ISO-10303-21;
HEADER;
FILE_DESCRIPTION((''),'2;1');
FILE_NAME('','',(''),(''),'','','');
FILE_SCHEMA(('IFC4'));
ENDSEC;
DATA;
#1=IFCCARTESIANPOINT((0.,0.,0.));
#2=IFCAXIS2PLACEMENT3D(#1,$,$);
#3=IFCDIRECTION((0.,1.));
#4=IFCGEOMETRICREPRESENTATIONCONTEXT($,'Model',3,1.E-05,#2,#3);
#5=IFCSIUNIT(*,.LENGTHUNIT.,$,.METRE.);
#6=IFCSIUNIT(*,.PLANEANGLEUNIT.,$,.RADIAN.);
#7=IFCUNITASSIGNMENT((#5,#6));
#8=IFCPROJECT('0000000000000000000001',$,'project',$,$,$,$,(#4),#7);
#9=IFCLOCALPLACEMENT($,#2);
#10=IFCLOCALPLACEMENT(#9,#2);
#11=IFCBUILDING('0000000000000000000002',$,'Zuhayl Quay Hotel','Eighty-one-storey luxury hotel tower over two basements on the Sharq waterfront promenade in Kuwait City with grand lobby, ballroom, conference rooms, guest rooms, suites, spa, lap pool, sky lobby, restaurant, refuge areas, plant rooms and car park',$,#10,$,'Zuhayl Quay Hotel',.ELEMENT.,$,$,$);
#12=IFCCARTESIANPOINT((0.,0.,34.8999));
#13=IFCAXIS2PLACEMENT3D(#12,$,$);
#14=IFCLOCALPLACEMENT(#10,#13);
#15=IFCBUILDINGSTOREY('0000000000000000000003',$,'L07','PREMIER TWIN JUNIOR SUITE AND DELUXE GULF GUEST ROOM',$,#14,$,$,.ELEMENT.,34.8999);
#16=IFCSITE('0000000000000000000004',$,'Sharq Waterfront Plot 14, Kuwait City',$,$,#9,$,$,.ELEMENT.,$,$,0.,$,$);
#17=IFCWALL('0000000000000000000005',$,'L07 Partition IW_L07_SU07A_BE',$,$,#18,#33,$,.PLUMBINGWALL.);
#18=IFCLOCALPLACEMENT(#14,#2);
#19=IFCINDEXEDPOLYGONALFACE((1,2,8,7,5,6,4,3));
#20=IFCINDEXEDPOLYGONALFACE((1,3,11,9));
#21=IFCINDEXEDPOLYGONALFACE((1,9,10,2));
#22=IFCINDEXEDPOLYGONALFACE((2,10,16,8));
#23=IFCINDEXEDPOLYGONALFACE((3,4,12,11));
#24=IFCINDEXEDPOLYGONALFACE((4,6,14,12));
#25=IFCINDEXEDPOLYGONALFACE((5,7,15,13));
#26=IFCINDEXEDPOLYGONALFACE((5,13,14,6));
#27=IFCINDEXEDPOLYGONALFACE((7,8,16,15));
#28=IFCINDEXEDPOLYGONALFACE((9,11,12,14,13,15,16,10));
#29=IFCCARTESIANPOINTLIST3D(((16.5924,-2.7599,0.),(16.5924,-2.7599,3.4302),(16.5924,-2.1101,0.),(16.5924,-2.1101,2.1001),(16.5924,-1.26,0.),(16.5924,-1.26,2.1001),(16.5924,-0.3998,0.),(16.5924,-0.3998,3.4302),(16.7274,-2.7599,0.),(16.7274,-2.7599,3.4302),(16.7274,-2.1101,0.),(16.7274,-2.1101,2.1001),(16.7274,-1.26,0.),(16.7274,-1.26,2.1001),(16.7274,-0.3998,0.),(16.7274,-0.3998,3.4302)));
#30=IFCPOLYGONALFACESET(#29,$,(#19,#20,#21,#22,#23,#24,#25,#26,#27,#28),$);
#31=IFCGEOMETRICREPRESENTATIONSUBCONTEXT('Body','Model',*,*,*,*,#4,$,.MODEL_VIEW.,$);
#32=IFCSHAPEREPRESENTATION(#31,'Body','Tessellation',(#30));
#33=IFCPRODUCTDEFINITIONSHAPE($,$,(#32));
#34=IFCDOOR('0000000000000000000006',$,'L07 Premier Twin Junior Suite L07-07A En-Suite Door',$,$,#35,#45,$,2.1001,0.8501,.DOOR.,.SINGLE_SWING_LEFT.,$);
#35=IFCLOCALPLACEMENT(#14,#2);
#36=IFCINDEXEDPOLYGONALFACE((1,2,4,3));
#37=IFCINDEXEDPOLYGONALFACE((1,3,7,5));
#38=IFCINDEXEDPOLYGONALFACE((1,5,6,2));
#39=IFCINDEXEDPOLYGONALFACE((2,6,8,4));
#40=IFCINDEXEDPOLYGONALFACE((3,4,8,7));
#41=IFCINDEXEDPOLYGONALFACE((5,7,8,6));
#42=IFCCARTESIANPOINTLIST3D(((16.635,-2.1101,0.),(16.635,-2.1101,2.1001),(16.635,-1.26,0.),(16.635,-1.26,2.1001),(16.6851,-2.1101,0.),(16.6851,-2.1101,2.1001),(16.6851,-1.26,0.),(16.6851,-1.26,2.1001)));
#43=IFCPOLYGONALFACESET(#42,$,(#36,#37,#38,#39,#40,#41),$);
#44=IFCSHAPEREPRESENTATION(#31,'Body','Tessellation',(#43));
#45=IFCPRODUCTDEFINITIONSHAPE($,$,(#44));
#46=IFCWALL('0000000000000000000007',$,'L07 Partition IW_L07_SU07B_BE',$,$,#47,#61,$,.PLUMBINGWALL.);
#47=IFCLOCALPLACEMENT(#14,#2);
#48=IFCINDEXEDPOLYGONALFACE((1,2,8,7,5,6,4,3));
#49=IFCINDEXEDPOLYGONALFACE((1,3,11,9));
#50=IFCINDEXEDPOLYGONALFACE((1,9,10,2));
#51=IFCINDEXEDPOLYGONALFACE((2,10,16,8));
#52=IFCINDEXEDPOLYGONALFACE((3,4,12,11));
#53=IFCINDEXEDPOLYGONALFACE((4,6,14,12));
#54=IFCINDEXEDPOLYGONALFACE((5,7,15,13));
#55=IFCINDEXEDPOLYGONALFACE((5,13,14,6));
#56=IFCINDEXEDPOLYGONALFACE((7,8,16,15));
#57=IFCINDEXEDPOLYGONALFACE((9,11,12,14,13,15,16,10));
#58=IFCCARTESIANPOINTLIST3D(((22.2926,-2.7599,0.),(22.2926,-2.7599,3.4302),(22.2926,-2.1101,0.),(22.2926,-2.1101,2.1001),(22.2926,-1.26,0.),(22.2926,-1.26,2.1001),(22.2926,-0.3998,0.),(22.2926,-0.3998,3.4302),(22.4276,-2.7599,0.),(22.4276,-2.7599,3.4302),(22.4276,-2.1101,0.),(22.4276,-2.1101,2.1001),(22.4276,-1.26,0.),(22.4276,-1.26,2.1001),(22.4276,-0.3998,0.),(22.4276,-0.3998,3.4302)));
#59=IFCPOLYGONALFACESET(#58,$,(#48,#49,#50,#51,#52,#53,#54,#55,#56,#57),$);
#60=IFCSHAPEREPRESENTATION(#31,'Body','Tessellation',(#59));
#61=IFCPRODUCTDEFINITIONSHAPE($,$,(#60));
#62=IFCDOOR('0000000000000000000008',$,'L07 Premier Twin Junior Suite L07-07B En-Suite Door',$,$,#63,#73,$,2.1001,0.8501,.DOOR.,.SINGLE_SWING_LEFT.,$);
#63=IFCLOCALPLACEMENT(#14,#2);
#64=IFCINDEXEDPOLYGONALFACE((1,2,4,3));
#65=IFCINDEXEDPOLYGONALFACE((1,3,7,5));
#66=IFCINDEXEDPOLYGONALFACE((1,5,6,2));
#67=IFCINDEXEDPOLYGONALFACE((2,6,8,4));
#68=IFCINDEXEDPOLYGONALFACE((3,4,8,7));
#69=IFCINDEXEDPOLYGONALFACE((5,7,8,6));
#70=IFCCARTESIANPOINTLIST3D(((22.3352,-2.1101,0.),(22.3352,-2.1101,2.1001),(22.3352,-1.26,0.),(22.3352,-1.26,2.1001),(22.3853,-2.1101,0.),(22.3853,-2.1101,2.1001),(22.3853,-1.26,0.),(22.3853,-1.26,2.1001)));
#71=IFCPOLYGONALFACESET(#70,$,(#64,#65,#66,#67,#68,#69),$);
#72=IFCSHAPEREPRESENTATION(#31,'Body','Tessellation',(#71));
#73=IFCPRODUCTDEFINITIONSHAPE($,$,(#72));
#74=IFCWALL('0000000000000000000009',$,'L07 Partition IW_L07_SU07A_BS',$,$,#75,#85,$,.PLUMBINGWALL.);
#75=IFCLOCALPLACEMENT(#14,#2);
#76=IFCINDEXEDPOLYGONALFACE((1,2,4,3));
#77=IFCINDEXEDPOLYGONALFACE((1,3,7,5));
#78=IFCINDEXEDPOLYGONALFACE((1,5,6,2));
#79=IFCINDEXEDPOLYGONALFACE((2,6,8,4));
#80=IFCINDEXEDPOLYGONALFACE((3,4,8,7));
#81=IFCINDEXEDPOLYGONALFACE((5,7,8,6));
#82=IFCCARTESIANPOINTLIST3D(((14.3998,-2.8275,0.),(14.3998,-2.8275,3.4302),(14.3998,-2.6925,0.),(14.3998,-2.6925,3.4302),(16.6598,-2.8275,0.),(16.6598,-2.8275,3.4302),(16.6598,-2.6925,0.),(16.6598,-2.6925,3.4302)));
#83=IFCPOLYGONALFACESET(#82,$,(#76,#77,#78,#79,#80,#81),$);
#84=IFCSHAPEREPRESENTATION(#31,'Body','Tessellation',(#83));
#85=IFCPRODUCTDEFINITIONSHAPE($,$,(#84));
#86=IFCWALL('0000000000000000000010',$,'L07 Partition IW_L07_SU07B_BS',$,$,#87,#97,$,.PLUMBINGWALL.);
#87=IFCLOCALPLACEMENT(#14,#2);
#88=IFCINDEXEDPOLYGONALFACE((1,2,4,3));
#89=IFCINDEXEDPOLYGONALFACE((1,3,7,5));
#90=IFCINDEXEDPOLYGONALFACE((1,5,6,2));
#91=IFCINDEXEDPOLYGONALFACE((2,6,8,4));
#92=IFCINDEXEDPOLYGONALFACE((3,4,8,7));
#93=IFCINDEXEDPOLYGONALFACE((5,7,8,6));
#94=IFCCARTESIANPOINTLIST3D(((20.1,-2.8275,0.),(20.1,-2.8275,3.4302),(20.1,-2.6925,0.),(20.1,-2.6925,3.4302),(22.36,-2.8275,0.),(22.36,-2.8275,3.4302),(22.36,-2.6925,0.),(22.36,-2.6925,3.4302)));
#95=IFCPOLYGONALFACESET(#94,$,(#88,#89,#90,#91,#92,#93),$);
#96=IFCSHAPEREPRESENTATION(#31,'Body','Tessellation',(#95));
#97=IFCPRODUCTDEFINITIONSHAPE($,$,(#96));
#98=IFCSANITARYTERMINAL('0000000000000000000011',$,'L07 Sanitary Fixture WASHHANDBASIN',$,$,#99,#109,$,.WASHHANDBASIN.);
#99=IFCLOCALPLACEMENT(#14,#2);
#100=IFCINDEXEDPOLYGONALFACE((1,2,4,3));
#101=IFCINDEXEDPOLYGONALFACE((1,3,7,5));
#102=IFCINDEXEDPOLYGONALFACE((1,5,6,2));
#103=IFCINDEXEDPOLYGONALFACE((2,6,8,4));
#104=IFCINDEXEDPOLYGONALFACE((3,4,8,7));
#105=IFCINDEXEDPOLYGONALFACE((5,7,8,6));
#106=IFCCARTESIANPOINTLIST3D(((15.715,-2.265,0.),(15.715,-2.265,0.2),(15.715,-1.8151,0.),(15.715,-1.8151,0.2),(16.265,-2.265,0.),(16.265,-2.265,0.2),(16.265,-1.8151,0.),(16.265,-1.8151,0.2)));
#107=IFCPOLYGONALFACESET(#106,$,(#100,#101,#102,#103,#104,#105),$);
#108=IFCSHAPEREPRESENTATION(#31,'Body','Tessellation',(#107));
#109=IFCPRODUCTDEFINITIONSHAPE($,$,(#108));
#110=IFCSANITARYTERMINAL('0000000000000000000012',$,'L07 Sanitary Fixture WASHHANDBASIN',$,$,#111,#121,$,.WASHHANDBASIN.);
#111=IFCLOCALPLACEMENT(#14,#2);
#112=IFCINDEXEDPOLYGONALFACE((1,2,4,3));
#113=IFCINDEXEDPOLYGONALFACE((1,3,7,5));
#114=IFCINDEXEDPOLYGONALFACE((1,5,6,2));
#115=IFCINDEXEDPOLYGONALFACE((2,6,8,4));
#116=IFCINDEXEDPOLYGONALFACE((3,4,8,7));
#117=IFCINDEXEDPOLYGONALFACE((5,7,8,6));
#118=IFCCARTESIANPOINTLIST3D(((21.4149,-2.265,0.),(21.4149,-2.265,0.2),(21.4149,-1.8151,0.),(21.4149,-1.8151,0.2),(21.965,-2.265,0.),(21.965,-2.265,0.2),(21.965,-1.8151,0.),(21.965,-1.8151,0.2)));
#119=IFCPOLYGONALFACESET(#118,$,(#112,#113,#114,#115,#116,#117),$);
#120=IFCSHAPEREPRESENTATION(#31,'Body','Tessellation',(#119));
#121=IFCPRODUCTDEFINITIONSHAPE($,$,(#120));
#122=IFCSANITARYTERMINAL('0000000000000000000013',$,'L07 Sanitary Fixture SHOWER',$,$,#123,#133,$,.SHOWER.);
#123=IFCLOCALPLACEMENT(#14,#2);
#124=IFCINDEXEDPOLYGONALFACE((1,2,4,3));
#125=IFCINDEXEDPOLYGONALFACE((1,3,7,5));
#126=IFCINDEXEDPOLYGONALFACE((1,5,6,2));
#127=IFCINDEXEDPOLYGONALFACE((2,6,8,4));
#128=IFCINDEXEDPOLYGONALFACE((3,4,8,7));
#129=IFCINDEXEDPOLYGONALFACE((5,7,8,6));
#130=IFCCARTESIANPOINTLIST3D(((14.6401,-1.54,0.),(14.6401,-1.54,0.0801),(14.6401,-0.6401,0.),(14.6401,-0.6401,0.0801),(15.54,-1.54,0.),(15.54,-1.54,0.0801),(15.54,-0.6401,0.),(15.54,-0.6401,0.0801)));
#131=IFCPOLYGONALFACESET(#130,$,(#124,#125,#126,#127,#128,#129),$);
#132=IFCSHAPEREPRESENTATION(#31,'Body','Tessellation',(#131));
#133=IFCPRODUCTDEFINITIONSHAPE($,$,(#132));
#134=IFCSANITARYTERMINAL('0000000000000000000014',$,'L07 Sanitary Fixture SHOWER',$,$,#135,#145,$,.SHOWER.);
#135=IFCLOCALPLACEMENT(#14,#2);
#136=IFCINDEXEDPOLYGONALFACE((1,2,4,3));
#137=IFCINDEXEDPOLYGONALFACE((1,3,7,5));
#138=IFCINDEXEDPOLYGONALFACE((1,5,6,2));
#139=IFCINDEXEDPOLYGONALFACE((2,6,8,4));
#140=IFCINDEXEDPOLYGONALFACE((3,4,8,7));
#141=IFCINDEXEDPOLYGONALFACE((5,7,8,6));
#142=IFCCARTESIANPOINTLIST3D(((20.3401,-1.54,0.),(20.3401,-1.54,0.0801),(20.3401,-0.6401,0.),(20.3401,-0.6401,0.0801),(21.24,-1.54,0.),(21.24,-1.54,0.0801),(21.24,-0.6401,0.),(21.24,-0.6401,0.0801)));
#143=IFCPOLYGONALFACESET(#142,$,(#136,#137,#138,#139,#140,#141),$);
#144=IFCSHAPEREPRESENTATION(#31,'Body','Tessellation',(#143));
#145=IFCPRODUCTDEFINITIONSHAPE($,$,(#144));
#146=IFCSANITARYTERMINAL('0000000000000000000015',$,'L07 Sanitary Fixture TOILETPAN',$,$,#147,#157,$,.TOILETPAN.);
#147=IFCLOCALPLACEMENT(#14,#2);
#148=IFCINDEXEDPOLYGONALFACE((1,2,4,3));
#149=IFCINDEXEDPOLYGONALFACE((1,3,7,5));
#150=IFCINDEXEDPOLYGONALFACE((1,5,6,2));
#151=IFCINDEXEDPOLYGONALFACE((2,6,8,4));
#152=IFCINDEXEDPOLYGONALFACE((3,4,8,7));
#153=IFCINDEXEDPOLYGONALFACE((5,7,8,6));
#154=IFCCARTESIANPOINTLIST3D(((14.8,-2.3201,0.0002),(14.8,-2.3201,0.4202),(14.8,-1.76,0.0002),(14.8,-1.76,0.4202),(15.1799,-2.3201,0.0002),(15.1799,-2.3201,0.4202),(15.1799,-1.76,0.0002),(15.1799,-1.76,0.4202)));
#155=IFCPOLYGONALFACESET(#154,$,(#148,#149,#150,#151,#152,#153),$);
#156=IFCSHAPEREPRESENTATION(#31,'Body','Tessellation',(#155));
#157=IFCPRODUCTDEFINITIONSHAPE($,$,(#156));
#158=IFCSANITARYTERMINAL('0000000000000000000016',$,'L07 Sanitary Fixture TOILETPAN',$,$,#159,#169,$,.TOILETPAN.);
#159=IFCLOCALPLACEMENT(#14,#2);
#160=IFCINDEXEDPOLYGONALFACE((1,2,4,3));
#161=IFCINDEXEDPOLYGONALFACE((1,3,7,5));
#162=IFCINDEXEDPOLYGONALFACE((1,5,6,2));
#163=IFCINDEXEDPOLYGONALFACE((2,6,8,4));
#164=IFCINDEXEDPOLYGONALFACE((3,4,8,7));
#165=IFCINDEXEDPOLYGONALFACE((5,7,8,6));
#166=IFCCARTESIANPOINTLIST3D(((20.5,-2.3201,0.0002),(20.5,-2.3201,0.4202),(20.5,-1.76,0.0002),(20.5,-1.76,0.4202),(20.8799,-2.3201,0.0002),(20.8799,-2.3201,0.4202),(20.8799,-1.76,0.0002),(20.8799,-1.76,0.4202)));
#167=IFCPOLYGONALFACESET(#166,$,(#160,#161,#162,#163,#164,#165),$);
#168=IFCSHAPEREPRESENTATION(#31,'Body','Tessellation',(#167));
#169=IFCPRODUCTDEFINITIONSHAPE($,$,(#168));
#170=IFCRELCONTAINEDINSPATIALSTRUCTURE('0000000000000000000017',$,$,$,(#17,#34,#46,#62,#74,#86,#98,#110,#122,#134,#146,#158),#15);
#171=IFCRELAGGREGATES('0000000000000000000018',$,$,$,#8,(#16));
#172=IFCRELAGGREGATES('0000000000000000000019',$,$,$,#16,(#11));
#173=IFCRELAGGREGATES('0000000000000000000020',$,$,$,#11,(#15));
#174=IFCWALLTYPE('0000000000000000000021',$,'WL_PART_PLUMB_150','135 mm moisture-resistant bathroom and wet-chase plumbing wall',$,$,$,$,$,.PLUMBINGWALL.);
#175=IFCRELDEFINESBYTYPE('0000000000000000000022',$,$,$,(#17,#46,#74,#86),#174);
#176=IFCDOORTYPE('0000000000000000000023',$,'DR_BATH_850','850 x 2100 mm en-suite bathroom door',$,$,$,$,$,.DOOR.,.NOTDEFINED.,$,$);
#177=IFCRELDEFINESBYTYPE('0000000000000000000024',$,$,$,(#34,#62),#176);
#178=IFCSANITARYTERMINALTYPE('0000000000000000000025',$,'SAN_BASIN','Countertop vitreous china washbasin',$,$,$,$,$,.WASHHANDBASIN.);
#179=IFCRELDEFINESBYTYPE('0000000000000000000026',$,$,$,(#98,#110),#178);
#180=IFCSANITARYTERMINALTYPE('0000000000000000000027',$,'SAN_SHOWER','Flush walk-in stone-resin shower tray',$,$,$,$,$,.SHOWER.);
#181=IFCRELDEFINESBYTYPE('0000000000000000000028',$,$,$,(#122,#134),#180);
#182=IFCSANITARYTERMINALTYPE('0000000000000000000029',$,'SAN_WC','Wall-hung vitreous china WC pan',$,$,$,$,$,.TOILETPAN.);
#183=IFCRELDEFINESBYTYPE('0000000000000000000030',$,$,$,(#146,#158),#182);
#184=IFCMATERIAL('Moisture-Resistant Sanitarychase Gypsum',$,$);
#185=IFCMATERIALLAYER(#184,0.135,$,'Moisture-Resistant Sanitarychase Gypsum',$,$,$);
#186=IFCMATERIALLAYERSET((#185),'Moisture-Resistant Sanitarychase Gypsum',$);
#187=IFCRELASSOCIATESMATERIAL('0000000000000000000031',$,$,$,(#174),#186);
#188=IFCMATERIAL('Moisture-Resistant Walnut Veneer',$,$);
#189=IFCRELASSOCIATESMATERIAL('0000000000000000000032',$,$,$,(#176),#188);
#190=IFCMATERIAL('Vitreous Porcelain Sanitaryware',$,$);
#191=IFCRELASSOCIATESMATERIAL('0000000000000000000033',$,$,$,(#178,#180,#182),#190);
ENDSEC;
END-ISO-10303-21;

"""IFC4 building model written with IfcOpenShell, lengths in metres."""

from ifc_helpers import new_model, si_unit, direction, frame, frame_2d, origin, origin_2d, place, context, subcontext, project, spatial, rectangle, extrude, material, layer, layer_set, type_object, element, fill, save


model = new_model("IFC4")

# Units and contexts
model_context = context("Model", 3, precision=1e-05, world=origin(), true_north=direction((0.0, 1.0)))
body_context = subcontext(model_context, "Body", "Model", "MODEL_VIEW")
ifc_project = project(units=[si_unit("LENGTHUNIT", "METRE"), si_unit("PLANEANGLEUNIT", "RADIAN")], contexts=[model_context])

# Site, building, storey
site_placement = place(None, origin())
site = spatial("IfcSite", under=ifc_project, at=site_placement, Name="Sharq Waterfront Plot 14, Kuwait City", CompositionType="ELEMENT", RefElevation=0.0)
building_placement = place(site_placement, origin())
building = spatial("IfcBuilding", under=site, at=building_placement, Name="Zuhayl Quay Hotel", Description="Eighty-one-storey luxury hotel tower over two basements on the Sharq waterfront promenade in Kuwait City with grand lobby, ballroom, conference rooms, guest rooms, suites, spa, lap pool, sky lobby, restaurant, refuge areas, plant rooms and car park", LongName="Zuhayl Quay Hotel", CompositionType="ELEMENT")
storey_placement = place(building_placement, frame((0.0, 0.0, 34.8999)))
storey = spatial("IfcBuildingStorey", under=building, at=storey_placement, Name="L07", Description="PREMIER TWIN JUNIOR SUITE AND DELUXE GULF GUEST ROOM", CompositionType="ELEMENT", Elevation=34.8999)

# Walls, openings, doors
ifc_material_1 = material(Name="Moisture-Resistant Sanitarychase Gypsum")
ifc_layer_1 = layer(ifc_material_1, 0.135, Name="Moisture-Resistant Sanitarychase Gypsum")
ifc_layer_set_1 = layer_set([ifc_layer_1], Name="Moisture-Resistant Sanitarychase Gypsum")
wall_type_1 = type_object("IfcWallType", Name="WL_PART_PLUMB_150", Description="135 mm moisture-resistant bathroom and wet-chase plumbing wall", PredefinedType="PLUMBINGWALL", material=ifc_layer_set_1)
wall_1_placement = place(storey_placement, frame((16.6599, -2.76, 0.0), z_axis=(0.0, 0.0, 1.0), x_axis=(0.0, 1.0, 0.0)))
wall_1 = element("IfcWall", 1, at=wall_1_placement, inside=storey, type_object=wall_type_1, Name="L07 Partition IW_L07_SU07A_BE", PredefinedType="PLUMBINGWALL", context=body_context, shape_type="SweptSolid", body=[
    extrude(rectangle(XDim=2.3601, YDim=0.135, at=frame_2d((1.1802, 0.0))), origin(), (0.0, 0.0, 1.0), 3.4302),
])
opening_1_placement = place(wall_1_placement, frame((0.6499, 0.0, 0.0)))
opening_1 = element("IfcOpeningElement", 2, at=opening_1_placement, cuts=wall_1, PredefinedType="OPENING", context=body_context, shape_type="SweptSolid", body=[
    extrude(rectangle(XDim=0.8501, YDim=2.1001, at=frame_2d((0.425, 1.05))), frame((0.0, 0.0774, 0.0), z_axis=(0.0, -1.0, 0.0), x_axis=(1.0, 0.0, 0.0)), (0.0, 0.0, 1.0), 0.155),
])
ifc_material_2 = material(Name="Moisture-Resistant Walnut Veneer")
door_type_1 = type_object("IfcDoorType", Name="DR_BATH_850", Description="850 x 2100 mm en-suite bathroom door", OperationType="NOTDEFINED", PredefinedType="DOOR", material=ifc_material_2)
door_1_placement = place(opening_1_placement, origin())
door_1 = element("IfcDoor", 3, at=door_1_placement, inside=storey, type_object=door_type_1, Name="L07 Premier Twin Junior Suite L07-07A En-Suite Door", OperationType="SINGLE_SWING_LEFT", OverallHeight=2.1001, OverallWidth=0.8501, PredefinedType="DOOR", context=body_context, shape_type="SweptSolid", body=[
    extrude(rectangle(XDim=0.8501, YDim=2.1001, at=frame_2d((0.425, 1.05))), frame((0.0, 0.0249, 0.0), z_axis=(0.0, -1.0, 0.0), x_axis=(1.0, 0.0, 0.0)), (0.0, 0.0, 1.0), 0.05),
])
fill(opening_1, door_1)
wall_2_placement = place(storey_placement, frame((22.3601, -2.76, 0.0), z_axis=(0.0, 0.0, 1.0), x_axis=(0.0, 1.0, 0.0)))
wall_2 = element("IfcWall", 4, at=wall_2_placement, inside=storey, type_object=wall_type_1, Name="L07 Partition IW_L07_SU07B_BE", PredefinedType="PLUMBINGWALL", context=body_context, shape_type="SweptSolid", body=[
    extrude(rectangle(XDim=2.3601, YDim=0.135, at=frame_2d((1.1802, 0.0))), origin(), (0.0, 0.0, 1.0), 3.4302),
])
opening_2_placement = place(wall_2_placement, frame((0.6499, 0.0, 0.0)))
opening_2 = element("IfcOpeningElement", 5, at=opening_2_placement, cuts=wall_2, PredefinedType="OPENING", context=body_context, shape_type="SweptSolid", body=[
    extrude(rectangle(XDim=0.8501, YDim=2.1001, at=frame_2d((0.425, 1.05))), frame((0.0, 0.0774, 0.0), z_axis=(0.0, -1.0, 0.0), x_axis=(1.0, 0.0, 0.0)), (0.0, 0.0, 1.0), 0.155),
])
door_2_placement = place(opening_2_placement, origin())
door_2 = element("IfcDoor", 6, at=door_2_placement, inside=storey, type_object=door_type_1, Name="L07 Premier Twin Junior Suite L07-07B En-Suite Door", OperationType="SINGLE_SWING_LEFT", OverallHeight=2.1001, OverallWidth=0.8501, PredefinedType="DOOR", context=body_context, shape_type="SweptSolid", body=[
    extrude(rectangle(XDim=0.8501, YDim=2.1001, at=frame_2d((0.425, 1.05))), frame((0.0, 0.0249, 0.0), z_axis=(0.0, -1.0, 0.0), x_axis=(1.0, 0.0, 0.0)), (0.0, 0.0, 1.0), 0.05),
])
fill(opening_2, door_2)

# Walls
for number, where, z_axis, x_axis, name in (
    (7, (14.3999, -2.76, 0.0), (0.0, 0.0, 1.0), (1.0, 0.0, 0.0), "L07 Partition IW_L07_SU07A_BS"),
    (8, (20.1001, -2.76, 0.0), (0.0, 0.0, 1.0), (1.0, 0.0, 0.0), "L07 Partition IW_L07_SU07B_BS"),
):
    element("IfcWall", number, at=place(storey_placement, frame(where, z_axis=z_axis, x_axis=x_axis)), inside=storey, type_object=wall_type_1, Name=name, PredefinedType="PLUMBINGWALL", context=body_context, shape_type="SweptSolid", body=[
        extrude(rectangle(XDim=2.26, YDim=0.135, at=frame_2d((1.1299, 0.0))), origin(), (0.0, 0.0, 1.0), 3.4302),
    ])

# Sanitary terminals
ifc_material_3 = material(Name="Vitreous Porcelain Sanitaryware")
sanitary_terminal_type_1 = type_object("IfcSanitaryTerminalType", Name="SAN_BASIN", Description="Countertop vitreous china washbasin", PredefinedType="WASHHANDBASIN", material=ifc_material_3)
for number, where, z_axis, x_axis, name in (
    (9, (15.99, -2.04, 0.0), (0.0, 0.0, 1.0), (1.0, 0.0, 0.0), "L07 Sanitary Fixture WASHHANDBASIN"),
    (10, (21.6899, -2.04, 0.0), (0.0, 0.0, 1.0), (1.0, 0.0, 0.0), "L07 Sanitary Fixture WASHHANDBASIN"),
):
    element("IfcSanitaryTerminal", number, at=place(storey_placement, frame(where, z_axis=z_axis, x_axis=x_axis)), inside=storey, type_object=sanitary_terminal_type_1, Name=name, PredefinedType="WASHHANDBASIN", context=body_context, shape_type="SweptSolid", body=[
        extrude(rectangle(XDim=0.55, YDim=0.45, at=origin_2d()), origin(), (0.0, 0.0, 1.0), 0.2),
    ])
sanitary_terminal_type_2 = type_object("IfcSanitaryTerminalType", Name="SAN_SHOWER", Description="Flush walk-in stone-resin shower tray", PredefinedType="SHOWER", material=ifc_material_3)
for number, where, z_axis, x_axis, name in (
    (11, (15.0901, -1.0901, 0.0), (0.0, 0.0, 1.0), (1.0, 0.0, 0.0), "L07 Sanitary Fixture SHOWER"),
    (12, (20.79, -1.0901, 0.0), (0.0, 0.0, 1.0), (1.0, 0.0, 0.0), "L07 Sanitary Fixture SHOWER"),
):
    element("IfcSanitaryTerminal", number, at=place(storey_placement, frame(where, z_axis=z_axis, x_axis=x_axis)), inside=storey, type_object=sanitary_terminal_type_2, Name=name, PredefinedType="SHOWER", context=body_context, shape_type="SweptSolid", body=[
        extrude(rectangle(XDim=0.8999, YDim=0.8999, at=origin_2d()), origin(), (0.0, 0.0, 1.0), 0.0801),
    ])
sanitary_terminal_type_3 = type_object("IfcSanitaryTerminalType", Name="SAN_WC", Description="Wall-hung vitreous china WC pan", PredefinedType="TOILETPAN", material=ifc_material_3)
for number, where, z_axis, x_axis, name in (
    (13, (14.99, -2.04, 0.0002), (0.0, 0.0, 1.0), (1.0, 0.0, 0.0), "L07 Sanitary Fixture TOILETPAN"),
    (14, (20.6899, -2.04, 0.0002), (0.0, 0.0, 1.0), (1.0, 0.0, 0.0), "L07 Sanitary Fixture TOILETPAN"),
):
    element("IfcSanitaryTerminal", number, at=place(storey_placement, frame(where, z_axis=z_axis, x_axis=x_axis)), inside=storey, type_object=sanitary_terminal_type_3, Name=name, PredefinedType="TOILETPAN", context=body_context, shape_type="SweptSolid", body=[
        extrude(rectangle(XDim=0.3799, YDim=0.5601, at=origin_2d()), origin(), (0.0, 0.0, 1.0), 0.4199),
    ])

save(model, "model.ifc")
